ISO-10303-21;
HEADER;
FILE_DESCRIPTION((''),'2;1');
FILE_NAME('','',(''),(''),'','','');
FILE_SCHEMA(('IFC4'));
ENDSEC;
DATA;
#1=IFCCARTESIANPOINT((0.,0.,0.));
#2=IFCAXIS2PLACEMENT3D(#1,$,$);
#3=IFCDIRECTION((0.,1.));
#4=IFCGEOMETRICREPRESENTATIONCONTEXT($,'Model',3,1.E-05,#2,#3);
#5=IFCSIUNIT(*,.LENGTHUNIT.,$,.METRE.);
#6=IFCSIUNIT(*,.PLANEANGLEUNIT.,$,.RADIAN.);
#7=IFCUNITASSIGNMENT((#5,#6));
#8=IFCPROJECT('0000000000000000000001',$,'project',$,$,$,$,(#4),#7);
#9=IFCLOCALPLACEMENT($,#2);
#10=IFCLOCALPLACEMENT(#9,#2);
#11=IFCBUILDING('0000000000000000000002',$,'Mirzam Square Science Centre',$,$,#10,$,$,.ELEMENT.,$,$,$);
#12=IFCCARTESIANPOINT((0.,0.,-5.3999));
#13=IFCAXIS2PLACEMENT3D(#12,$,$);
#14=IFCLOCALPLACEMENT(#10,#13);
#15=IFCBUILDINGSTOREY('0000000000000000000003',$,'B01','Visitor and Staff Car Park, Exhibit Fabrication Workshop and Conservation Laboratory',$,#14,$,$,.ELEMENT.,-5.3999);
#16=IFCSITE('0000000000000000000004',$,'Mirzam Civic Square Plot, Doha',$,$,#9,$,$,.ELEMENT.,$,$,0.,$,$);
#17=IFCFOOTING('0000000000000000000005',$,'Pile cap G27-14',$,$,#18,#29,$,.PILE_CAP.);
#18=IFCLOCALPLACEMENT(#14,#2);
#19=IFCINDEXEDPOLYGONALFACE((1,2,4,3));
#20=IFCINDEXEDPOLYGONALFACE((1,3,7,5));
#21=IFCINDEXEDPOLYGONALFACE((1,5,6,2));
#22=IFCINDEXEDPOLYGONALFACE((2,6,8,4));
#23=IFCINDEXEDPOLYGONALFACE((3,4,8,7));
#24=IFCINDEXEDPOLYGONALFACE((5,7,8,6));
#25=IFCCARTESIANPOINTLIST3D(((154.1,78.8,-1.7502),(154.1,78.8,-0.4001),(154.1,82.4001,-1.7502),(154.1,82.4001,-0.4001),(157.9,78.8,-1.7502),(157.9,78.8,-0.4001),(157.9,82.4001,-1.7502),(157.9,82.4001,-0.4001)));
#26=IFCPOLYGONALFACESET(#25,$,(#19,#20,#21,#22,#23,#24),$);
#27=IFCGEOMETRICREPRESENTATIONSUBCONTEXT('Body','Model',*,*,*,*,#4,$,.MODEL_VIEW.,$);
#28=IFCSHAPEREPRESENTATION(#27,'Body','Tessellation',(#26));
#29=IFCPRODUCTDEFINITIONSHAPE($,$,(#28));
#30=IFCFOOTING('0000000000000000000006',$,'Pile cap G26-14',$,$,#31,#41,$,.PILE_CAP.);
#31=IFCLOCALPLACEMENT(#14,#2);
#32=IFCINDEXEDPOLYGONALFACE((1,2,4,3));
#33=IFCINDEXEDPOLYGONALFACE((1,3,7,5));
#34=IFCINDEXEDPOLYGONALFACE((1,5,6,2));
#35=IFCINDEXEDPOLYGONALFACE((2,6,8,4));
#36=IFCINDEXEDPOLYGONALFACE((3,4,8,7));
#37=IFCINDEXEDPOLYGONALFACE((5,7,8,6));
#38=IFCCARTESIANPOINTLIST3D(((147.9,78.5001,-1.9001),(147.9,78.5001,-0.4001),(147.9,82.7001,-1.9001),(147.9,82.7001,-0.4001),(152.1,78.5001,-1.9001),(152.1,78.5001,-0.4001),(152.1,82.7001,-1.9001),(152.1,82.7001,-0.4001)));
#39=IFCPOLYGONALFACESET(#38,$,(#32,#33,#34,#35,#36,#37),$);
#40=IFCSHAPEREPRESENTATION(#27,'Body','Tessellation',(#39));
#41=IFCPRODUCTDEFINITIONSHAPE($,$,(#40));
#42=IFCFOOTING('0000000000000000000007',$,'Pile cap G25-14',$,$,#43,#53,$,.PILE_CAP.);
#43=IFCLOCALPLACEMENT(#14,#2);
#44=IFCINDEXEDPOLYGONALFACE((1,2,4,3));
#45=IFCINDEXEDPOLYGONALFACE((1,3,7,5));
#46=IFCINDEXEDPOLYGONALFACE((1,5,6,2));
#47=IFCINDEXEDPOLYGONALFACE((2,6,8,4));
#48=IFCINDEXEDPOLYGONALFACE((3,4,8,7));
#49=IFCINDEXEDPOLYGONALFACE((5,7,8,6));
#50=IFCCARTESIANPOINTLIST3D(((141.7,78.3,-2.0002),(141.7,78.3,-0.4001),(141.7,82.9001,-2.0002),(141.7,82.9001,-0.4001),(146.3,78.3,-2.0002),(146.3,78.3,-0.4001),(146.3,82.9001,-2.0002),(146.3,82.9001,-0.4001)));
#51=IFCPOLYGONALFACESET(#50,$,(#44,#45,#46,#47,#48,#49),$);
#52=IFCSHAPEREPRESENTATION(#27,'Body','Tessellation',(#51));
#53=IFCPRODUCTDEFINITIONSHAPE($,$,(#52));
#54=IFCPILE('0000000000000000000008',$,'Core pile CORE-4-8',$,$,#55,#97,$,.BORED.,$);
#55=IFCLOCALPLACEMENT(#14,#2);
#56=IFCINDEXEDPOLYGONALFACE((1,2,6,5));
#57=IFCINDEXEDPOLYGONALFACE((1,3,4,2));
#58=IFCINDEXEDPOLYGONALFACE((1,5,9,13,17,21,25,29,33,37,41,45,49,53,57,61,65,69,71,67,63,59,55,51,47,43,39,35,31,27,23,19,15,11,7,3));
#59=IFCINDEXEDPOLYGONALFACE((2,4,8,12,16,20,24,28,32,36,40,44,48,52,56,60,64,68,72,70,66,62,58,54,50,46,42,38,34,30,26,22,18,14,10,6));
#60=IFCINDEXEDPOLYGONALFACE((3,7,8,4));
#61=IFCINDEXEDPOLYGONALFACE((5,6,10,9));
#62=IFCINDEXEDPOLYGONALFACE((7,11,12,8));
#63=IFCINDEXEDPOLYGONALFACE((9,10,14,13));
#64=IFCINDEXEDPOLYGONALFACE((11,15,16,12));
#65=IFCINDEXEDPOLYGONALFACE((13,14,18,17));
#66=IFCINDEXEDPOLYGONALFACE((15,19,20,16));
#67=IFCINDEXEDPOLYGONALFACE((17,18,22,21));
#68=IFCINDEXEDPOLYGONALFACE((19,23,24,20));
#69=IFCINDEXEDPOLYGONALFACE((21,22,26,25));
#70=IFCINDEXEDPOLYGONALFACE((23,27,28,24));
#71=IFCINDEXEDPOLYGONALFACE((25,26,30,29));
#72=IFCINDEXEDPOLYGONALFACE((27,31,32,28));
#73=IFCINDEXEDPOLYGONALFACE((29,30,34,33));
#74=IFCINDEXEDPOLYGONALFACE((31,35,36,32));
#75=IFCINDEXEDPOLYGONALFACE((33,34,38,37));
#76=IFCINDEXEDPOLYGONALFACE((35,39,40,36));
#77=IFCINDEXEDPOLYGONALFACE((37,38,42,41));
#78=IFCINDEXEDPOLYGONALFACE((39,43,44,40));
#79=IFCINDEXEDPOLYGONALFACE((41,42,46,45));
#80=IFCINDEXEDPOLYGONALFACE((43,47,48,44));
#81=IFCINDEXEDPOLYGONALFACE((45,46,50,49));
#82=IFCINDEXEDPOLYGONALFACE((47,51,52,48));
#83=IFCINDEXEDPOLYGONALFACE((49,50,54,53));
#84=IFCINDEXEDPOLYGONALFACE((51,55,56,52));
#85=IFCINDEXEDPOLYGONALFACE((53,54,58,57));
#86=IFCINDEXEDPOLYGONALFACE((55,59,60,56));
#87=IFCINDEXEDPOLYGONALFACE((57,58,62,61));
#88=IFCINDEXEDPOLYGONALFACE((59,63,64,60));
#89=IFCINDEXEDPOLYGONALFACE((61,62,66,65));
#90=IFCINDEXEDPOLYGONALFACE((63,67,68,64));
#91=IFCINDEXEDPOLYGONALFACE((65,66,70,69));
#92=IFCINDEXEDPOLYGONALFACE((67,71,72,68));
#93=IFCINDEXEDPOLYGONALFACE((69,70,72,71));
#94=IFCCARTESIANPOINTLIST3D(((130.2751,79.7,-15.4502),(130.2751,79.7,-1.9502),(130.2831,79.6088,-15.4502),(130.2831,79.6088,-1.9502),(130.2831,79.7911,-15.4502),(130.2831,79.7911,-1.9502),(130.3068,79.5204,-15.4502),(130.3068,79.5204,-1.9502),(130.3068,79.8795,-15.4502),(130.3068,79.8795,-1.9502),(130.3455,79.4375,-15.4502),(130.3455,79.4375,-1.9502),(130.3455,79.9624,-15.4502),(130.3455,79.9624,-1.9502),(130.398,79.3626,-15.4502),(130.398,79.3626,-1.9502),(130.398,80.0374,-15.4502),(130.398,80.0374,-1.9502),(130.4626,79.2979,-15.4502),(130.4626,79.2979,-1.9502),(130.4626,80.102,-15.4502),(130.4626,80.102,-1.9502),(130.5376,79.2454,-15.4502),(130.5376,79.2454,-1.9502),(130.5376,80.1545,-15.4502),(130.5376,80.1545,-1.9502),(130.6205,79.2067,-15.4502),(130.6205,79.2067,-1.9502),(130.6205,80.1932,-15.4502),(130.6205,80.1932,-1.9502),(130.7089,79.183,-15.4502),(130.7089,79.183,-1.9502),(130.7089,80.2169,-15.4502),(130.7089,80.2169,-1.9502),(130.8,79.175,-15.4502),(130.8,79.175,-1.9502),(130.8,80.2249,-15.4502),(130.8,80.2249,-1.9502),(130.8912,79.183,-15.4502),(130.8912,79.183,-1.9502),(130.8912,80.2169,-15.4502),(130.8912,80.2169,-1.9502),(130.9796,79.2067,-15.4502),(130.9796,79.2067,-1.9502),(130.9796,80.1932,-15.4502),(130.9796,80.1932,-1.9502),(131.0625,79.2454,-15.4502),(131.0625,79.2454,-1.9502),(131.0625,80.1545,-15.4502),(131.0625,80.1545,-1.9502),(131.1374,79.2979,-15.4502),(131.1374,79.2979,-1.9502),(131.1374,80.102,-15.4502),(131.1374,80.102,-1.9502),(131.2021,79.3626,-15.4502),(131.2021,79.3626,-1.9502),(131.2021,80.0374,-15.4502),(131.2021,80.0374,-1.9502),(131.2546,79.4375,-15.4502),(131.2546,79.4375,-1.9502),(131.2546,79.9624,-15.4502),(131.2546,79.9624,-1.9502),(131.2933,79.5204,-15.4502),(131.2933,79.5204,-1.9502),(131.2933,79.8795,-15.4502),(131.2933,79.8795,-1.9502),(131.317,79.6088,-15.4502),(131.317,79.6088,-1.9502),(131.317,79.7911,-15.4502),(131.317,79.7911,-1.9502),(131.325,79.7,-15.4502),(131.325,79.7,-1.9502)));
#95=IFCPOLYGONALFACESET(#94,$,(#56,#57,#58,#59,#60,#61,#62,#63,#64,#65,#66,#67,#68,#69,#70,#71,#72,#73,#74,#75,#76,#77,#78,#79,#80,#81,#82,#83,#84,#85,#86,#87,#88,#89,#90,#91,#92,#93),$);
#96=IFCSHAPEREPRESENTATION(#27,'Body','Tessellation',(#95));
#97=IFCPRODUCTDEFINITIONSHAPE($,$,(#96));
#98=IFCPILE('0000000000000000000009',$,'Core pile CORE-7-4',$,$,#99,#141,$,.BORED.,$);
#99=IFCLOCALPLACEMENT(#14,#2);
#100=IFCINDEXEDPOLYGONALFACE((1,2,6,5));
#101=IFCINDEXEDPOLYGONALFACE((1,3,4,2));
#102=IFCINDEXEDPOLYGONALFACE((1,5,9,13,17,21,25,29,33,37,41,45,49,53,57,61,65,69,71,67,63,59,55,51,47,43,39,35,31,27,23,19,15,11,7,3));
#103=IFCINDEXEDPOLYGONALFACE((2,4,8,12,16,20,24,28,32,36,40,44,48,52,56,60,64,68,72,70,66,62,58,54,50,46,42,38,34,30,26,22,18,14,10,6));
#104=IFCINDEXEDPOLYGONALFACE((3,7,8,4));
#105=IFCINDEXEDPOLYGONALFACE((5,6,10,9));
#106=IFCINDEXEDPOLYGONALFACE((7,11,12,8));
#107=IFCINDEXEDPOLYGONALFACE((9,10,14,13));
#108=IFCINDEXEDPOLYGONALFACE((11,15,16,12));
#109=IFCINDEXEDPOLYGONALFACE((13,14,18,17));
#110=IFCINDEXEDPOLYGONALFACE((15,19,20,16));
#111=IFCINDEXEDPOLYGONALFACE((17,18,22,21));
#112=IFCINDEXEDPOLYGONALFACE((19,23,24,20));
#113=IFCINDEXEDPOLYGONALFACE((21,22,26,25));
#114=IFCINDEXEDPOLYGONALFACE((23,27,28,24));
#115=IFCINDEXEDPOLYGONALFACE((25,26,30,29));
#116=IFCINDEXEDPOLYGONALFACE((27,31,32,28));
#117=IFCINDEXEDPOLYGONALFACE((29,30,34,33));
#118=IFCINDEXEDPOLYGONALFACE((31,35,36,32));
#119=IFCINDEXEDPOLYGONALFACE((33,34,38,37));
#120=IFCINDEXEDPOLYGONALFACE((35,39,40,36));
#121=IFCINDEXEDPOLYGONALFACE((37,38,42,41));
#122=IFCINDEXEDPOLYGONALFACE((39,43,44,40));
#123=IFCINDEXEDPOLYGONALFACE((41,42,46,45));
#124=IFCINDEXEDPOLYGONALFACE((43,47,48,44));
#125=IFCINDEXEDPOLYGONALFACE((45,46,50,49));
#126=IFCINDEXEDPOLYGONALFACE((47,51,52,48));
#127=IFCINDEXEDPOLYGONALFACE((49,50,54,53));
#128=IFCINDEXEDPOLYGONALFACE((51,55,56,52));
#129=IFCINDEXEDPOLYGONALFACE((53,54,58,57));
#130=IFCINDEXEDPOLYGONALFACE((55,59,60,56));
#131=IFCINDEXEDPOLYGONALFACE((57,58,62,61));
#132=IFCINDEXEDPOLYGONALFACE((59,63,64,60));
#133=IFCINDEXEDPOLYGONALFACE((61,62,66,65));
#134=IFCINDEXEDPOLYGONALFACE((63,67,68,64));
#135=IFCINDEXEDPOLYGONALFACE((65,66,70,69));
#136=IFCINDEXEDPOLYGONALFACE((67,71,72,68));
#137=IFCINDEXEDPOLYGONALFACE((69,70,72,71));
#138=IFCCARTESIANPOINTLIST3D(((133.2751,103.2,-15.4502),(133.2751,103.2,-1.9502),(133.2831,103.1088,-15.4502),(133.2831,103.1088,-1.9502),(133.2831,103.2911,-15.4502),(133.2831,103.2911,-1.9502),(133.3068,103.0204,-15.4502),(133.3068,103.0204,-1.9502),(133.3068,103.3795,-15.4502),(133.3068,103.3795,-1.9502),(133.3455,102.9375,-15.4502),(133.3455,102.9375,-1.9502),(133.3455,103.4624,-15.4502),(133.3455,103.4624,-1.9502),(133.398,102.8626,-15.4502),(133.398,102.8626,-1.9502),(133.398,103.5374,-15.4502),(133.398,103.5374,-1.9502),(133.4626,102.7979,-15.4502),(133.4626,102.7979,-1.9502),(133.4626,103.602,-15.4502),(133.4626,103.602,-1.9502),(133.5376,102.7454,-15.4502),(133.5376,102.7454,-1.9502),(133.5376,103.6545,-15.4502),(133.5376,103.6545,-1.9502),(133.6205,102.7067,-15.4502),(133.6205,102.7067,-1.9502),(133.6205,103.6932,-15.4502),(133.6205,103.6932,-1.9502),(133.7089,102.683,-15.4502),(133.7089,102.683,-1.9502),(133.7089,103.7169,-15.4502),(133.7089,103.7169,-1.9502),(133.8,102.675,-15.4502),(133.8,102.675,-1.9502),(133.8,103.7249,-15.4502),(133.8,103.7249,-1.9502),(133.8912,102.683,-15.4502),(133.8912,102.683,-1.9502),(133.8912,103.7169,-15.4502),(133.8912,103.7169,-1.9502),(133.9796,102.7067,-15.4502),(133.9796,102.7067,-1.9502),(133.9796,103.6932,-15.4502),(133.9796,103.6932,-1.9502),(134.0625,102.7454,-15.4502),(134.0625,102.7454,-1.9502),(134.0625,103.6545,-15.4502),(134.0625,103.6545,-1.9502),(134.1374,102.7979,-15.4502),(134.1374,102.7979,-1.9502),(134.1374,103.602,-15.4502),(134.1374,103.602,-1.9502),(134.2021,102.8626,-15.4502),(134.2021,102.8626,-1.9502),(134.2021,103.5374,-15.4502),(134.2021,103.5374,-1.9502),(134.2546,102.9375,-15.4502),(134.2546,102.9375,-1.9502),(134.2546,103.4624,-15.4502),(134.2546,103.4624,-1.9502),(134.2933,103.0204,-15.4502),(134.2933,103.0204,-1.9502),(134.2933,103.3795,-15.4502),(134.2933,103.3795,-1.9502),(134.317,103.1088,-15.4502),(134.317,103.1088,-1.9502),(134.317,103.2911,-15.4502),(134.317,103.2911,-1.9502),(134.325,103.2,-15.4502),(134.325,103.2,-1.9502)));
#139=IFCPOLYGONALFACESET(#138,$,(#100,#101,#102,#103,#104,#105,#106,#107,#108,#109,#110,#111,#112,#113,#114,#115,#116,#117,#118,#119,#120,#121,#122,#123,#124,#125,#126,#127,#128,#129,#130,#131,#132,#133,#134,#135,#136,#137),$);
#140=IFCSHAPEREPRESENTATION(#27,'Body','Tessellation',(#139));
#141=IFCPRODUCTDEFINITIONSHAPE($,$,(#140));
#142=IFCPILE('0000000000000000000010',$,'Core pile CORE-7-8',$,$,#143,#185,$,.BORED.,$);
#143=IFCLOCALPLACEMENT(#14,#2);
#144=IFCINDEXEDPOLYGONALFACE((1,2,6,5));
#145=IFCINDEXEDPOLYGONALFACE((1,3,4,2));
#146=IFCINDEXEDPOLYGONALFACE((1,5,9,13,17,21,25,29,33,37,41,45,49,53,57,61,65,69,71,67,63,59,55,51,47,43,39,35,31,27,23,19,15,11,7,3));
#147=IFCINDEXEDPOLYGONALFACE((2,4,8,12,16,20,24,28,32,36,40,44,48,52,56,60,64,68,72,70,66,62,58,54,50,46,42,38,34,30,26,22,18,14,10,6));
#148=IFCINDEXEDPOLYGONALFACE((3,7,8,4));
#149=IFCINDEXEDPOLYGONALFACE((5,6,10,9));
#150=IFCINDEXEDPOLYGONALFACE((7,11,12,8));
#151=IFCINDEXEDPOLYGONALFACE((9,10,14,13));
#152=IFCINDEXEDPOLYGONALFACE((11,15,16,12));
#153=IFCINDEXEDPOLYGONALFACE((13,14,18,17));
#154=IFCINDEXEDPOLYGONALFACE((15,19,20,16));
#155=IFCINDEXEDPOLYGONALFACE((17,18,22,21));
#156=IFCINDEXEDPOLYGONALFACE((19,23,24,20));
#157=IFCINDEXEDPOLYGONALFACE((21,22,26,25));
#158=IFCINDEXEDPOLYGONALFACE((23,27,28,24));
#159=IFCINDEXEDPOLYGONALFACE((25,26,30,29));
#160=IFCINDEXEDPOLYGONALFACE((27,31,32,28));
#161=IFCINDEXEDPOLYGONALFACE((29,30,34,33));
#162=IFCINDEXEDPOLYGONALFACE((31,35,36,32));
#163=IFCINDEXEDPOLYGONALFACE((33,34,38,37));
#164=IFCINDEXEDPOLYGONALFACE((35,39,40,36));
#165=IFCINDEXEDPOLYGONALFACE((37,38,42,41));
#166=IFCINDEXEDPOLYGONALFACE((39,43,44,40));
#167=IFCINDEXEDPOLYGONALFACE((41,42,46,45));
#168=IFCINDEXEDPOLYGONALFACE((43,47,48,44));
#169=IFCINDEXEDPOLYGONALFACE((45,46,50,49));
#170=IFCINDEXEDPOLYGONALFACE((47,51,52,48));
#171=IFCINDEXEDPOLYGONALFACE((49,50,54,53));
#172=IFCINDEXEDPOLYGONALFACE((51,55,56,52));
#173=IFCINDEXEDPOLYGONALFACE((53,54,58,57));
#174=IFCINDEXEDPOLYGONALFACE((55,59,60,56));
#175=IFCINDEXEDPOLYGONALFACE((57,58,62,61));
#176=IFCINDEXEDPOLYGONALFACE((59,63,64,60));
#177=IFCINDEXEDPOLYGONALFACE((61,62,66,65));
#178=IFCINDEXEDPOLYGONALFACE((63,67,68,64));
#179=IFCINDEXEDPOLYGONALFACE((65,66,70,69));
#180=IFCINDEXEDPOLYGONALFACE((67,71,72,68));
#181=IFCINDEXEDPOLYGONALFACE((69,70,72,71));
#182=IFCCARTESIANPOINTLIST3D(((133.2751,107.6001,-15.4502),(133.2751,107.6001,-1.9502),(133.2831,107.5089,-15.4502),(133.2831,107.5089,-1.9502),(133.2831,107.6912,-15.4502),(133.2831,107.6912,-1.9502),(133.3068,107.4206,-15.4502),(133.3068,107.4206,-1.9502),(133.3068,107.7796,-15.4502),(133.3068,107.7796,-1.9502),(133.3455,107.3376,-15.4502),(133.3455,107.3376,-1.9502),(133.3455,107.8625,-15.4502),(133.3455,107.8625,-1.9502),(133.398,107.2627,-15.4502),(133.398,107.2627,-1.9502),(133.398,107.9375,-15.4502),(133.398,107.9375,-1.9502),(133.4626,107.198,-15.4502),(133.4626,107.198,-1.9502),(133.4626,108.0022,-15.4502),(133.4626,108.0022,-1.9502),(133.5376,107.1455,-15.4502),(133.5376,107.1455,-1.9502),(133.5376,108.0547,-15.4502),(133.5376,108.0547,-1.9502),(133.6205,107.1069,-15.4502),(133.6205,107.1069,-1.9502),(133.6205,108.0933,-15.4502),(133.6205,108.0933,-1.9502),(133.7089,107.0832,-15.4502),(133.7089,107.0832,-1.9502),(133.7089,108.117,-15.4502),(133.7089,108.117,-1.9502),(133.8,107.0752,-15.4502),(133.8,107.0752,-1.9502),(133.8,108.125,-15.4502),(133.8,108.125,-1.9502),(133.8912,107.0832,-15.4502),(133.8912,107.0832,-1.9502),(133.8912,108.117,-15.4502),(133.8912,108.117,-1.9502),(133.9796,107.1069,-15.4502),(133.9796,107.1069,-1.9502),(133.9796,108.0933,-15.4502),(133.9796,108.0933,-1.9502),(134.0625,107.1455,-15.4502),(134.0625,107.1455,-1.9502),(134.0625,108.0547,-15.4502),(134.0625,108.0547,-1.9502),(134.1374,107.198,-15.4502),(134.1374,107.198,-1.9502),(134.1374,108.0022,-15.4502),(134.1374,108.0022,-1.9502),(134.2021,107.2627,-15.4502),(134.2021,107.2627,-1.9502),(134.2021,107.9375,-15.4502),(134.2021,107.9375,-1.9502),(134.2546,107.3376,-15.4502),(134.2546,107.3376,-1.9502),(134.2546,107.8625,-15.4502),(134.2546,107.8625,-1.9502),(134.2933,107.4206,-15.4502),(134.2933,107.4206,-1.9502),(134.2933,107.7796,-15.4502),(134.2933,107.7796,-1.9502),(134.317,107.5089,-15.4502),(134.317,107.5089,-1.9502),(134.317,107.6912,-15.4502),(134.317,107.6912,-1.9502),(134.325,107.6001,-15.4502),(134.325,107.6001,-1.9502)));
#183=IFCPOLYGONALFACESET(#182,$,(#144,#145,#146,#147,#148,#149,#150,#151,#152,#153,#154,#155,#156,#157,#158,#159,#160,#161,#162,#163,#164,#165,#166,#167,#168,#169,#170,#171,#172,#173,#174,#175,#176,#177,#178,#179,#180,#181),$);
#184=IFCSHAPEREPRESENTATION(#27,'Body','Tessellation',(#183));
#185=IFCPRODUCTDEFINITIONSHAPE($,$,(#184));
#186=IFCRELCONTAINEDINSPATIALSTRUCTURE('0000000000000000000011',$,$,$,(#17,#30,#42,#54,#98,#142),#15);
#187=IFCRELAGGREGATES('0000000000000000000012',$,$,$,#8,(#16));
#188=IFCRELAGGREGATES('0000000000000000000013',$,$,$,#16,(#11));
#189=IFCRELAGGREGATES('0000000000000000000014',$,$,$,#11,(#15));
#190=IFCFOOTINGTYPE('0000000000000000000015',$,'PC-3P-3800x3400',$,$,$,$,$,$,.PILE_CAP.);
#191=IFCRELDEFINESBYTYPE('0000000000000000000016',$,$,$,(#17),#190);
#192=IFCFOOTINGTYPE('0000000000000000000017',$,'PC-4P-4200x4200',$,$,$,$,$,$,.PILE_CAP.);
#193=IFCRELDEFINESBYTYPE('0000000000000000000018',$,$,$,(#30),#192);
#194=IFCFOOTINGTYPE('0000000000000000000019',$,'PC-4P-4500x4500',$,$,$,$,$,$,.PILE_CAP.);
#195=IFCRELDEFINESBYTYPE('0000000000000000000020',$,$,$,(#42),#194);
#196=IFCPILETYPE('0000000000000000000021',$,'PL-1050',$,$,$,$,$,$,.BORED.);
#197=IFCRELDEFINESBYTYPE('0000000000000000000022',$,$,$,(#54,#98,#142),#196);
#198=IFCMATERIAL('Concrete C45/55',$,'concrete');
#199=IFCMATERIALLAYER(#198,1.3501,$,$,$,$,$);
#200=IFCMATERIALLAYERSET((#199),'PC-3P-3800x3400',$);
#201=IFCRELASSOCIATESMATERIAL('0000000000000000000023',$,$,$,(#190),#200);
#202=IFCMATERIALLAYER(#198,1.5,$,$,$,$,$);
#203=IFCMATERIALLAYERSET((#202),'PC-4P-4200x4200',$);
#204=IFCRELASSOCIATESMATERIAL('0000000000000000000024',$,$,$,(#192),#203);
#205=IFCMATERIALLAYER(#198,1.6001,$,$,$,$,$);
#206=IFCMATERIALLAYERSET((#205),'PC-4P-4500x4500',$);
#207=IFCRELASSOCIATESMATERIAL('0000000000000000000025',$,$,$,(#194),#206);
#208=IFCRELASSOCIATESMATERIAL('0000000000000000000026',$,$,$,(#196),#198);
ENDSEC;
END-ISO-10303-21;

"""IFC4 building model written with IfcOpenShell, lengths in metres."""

from ifc_helpers import new_model, si_unit, direction, frame, origin, origin_2d, place, context, subcontext, project, spatial, rectangle, circle, extrude, material, layer, layer_set, material_profile, profile_set, type_object, element, save


model = new_model("IFC4")

# Units and contexts
model_context = context("Model", 3, precision=1e-05, world=origin(), true_north=direction((0.0, 1.0)))
body_context = subcontext(model_context, "Body", "Model", "MODEL_VIEW")
ifc_project = project(units=[si_unit("LENGTHUNIT", "METRE"), si_unit("PLANEANGLEUNIT", "RADIAN")], contexts=[model_context])

# Site, building, storey
site_placement = place(None, origin())
site = spatial("IfcSite", under=ifc_project, at=site_placement, Name="Mirzam Civic Square Plot, Doha", CompositionType="ELEMENT", RefElevation=0.0)
building_placement = place(site_placement, origin())
building = spatial("IfcBuilding", under=site, at=building_placement, Name="Mirzam Square Science Centre", CompositionType="ELEMENT")
storey_placement = place(building_placement, frame((0.0, 0.0, -5.3999)))
storey = spatial("IfcBuildingStorey", under=building, at=storey_placement, Name="B01", Description="Visitor and Staff Car Park, Exhibit Fabrication Workshop and Conservation Laboratory", CompositionType="ELEMENT", Elevation=-5.3999)

# Footings
ifc_material_1 = material(Name="Concrete C45/55", Category="concrete")
ifc_layer_1 = layer(ifc_material_1, 1.3501)
ifc_layer_set_1 = layer_set([ifc_layer_1], Name="PC-3P-3800x3400")
footing_type_1 = type_object("IfcFootingType", Name="PC-3P-3800x3400", PredefinedType="PILE_CAP", material=ifc_layer_set_1)
footing_1_placement = place(storey_placement, frame((156.0, 80.6001, -1.7502), z_axis=(0.0, 0.0, 1.0), x_axis=(1.0, 0.0, 0.0)))
element("IfcFooting", 1, at=footing_1_placement, inside=storey, type_object=footing_type_1, Name="Pile cap G27-14", PredefinedType="PILE_CAP", context=body_context, shape_type="SweptSolid", body=[
    extrude(rectangle(XDim=3.8, YDim=3.6001, at=origin_2d()), origin(), (0.0, 0.0, 1.0), 1.3501),
])
ifc_layer_2 = layer(ifc_material_1, 1.5)
ifc_layer_set_2 = layer_set([ifc_layer_2], Name="PC-4P-4200x4200")
footing_type_2 = type_object("IfcFootingType", Name="PC-4P-4200x4200", PredefinedType="PILE_CAP", material=ifc_layer_set_2)
footing_2_placement = place(storey_placement, frame((150.0, 80.6001, -1.9001), z_axis=(0.0, 0.0, 1.0), x_axis=(1.0, 0.0, 0.0)))
element("IfcFooting", 2, at=footing_2_placement, inside=storey, type_object=footing_type_2, Name="Pile cap G26-14", PredefinedType="PILE_CAP", context=body_context, shape_type="SweptSolid", body=[
    extrude(rectangle(XDim=4.2, YDim=4.2, at=origin_2d()), origin(), (0.0, 0.0, 1.0), 1.5),
])
ifc_layer_3 = layer(ifc_material_1, 1.6001)
ifc_layer_set_3 = layer_set([ifc_layer_3], Name="PC-4P-4500x4500")
footing_type_3 = type_object("IfcFootingType", Name="PC-4P-4500x4500", PredefinedType="PILE_CAP", material=ifc_layer_set_3)
footing_3_placement = place(storey_placement, frame((144.0, 80.6001, -2.0002), z_axis=(0.0, 0.0, 1.0), x_axis=(1.0, 0.0, 0.0)))
element("IfcFooting", 3, at=footing_3_placement, inside=storey, type_object=footing_type_3, Name="Pile cap G25-14", PredefinedType="PILE_CAP", context=body_context, shape_type="SweptSolid", body=[
    extrude(rectangle(XDim=4.6001, YDim=4.6001, at=origin_2d()), origin(), (0.0, 0.0, 1.0), 1.6001),
])

# Piles
ifc_material_profile_1 = material_profile(ifc_material_1, circle(Radius=0.5249, at=origin_2d()), Name="PILE-D1050")
ifc_profile_set_1 = profile_set([ifc_material_profile_1], Name="Concrete C45/55")
pile_type_1 = type_object("IfcPileType", Name="PL-1050", PredefinedType="BORED", material=ifc_profile_set_1)
for number, where, z_axis, x_axis, name in (
    (4, (130.8, 79.7, -1.9502), (0.0, 0.0, -1.0), (1.0, 0.0, 0.0), "Core pile CORE-4-8"),
    (5, (133.8, 103.2, -1.9502), (0.0, 0.0, -1.0), (1.0, 0.0, 0.0), "Core pile CORE-7-4"),
    (6, (133.8, 107.6001, -1.9502), (0.0, 0.0, -1.0), (1.0, 0.0, 0.0), "Core pile CORE-7-8"),
):
    element("IfcPile", number, at=place(storey_placement, frame(where, z_axis=z_axis, x_axis=x_axis)), inside=storey, type_object=pile_type_1, Name=name, PredefinedType="BORED", context=body_context, shape_type="SweptSolid", body=[
        extrude(circle(Radius=0.5249, at=origin_2d()), origin(), (0.0, 0.0, 1.0), 13.5),
    ])

save(model, "model.ifc")
